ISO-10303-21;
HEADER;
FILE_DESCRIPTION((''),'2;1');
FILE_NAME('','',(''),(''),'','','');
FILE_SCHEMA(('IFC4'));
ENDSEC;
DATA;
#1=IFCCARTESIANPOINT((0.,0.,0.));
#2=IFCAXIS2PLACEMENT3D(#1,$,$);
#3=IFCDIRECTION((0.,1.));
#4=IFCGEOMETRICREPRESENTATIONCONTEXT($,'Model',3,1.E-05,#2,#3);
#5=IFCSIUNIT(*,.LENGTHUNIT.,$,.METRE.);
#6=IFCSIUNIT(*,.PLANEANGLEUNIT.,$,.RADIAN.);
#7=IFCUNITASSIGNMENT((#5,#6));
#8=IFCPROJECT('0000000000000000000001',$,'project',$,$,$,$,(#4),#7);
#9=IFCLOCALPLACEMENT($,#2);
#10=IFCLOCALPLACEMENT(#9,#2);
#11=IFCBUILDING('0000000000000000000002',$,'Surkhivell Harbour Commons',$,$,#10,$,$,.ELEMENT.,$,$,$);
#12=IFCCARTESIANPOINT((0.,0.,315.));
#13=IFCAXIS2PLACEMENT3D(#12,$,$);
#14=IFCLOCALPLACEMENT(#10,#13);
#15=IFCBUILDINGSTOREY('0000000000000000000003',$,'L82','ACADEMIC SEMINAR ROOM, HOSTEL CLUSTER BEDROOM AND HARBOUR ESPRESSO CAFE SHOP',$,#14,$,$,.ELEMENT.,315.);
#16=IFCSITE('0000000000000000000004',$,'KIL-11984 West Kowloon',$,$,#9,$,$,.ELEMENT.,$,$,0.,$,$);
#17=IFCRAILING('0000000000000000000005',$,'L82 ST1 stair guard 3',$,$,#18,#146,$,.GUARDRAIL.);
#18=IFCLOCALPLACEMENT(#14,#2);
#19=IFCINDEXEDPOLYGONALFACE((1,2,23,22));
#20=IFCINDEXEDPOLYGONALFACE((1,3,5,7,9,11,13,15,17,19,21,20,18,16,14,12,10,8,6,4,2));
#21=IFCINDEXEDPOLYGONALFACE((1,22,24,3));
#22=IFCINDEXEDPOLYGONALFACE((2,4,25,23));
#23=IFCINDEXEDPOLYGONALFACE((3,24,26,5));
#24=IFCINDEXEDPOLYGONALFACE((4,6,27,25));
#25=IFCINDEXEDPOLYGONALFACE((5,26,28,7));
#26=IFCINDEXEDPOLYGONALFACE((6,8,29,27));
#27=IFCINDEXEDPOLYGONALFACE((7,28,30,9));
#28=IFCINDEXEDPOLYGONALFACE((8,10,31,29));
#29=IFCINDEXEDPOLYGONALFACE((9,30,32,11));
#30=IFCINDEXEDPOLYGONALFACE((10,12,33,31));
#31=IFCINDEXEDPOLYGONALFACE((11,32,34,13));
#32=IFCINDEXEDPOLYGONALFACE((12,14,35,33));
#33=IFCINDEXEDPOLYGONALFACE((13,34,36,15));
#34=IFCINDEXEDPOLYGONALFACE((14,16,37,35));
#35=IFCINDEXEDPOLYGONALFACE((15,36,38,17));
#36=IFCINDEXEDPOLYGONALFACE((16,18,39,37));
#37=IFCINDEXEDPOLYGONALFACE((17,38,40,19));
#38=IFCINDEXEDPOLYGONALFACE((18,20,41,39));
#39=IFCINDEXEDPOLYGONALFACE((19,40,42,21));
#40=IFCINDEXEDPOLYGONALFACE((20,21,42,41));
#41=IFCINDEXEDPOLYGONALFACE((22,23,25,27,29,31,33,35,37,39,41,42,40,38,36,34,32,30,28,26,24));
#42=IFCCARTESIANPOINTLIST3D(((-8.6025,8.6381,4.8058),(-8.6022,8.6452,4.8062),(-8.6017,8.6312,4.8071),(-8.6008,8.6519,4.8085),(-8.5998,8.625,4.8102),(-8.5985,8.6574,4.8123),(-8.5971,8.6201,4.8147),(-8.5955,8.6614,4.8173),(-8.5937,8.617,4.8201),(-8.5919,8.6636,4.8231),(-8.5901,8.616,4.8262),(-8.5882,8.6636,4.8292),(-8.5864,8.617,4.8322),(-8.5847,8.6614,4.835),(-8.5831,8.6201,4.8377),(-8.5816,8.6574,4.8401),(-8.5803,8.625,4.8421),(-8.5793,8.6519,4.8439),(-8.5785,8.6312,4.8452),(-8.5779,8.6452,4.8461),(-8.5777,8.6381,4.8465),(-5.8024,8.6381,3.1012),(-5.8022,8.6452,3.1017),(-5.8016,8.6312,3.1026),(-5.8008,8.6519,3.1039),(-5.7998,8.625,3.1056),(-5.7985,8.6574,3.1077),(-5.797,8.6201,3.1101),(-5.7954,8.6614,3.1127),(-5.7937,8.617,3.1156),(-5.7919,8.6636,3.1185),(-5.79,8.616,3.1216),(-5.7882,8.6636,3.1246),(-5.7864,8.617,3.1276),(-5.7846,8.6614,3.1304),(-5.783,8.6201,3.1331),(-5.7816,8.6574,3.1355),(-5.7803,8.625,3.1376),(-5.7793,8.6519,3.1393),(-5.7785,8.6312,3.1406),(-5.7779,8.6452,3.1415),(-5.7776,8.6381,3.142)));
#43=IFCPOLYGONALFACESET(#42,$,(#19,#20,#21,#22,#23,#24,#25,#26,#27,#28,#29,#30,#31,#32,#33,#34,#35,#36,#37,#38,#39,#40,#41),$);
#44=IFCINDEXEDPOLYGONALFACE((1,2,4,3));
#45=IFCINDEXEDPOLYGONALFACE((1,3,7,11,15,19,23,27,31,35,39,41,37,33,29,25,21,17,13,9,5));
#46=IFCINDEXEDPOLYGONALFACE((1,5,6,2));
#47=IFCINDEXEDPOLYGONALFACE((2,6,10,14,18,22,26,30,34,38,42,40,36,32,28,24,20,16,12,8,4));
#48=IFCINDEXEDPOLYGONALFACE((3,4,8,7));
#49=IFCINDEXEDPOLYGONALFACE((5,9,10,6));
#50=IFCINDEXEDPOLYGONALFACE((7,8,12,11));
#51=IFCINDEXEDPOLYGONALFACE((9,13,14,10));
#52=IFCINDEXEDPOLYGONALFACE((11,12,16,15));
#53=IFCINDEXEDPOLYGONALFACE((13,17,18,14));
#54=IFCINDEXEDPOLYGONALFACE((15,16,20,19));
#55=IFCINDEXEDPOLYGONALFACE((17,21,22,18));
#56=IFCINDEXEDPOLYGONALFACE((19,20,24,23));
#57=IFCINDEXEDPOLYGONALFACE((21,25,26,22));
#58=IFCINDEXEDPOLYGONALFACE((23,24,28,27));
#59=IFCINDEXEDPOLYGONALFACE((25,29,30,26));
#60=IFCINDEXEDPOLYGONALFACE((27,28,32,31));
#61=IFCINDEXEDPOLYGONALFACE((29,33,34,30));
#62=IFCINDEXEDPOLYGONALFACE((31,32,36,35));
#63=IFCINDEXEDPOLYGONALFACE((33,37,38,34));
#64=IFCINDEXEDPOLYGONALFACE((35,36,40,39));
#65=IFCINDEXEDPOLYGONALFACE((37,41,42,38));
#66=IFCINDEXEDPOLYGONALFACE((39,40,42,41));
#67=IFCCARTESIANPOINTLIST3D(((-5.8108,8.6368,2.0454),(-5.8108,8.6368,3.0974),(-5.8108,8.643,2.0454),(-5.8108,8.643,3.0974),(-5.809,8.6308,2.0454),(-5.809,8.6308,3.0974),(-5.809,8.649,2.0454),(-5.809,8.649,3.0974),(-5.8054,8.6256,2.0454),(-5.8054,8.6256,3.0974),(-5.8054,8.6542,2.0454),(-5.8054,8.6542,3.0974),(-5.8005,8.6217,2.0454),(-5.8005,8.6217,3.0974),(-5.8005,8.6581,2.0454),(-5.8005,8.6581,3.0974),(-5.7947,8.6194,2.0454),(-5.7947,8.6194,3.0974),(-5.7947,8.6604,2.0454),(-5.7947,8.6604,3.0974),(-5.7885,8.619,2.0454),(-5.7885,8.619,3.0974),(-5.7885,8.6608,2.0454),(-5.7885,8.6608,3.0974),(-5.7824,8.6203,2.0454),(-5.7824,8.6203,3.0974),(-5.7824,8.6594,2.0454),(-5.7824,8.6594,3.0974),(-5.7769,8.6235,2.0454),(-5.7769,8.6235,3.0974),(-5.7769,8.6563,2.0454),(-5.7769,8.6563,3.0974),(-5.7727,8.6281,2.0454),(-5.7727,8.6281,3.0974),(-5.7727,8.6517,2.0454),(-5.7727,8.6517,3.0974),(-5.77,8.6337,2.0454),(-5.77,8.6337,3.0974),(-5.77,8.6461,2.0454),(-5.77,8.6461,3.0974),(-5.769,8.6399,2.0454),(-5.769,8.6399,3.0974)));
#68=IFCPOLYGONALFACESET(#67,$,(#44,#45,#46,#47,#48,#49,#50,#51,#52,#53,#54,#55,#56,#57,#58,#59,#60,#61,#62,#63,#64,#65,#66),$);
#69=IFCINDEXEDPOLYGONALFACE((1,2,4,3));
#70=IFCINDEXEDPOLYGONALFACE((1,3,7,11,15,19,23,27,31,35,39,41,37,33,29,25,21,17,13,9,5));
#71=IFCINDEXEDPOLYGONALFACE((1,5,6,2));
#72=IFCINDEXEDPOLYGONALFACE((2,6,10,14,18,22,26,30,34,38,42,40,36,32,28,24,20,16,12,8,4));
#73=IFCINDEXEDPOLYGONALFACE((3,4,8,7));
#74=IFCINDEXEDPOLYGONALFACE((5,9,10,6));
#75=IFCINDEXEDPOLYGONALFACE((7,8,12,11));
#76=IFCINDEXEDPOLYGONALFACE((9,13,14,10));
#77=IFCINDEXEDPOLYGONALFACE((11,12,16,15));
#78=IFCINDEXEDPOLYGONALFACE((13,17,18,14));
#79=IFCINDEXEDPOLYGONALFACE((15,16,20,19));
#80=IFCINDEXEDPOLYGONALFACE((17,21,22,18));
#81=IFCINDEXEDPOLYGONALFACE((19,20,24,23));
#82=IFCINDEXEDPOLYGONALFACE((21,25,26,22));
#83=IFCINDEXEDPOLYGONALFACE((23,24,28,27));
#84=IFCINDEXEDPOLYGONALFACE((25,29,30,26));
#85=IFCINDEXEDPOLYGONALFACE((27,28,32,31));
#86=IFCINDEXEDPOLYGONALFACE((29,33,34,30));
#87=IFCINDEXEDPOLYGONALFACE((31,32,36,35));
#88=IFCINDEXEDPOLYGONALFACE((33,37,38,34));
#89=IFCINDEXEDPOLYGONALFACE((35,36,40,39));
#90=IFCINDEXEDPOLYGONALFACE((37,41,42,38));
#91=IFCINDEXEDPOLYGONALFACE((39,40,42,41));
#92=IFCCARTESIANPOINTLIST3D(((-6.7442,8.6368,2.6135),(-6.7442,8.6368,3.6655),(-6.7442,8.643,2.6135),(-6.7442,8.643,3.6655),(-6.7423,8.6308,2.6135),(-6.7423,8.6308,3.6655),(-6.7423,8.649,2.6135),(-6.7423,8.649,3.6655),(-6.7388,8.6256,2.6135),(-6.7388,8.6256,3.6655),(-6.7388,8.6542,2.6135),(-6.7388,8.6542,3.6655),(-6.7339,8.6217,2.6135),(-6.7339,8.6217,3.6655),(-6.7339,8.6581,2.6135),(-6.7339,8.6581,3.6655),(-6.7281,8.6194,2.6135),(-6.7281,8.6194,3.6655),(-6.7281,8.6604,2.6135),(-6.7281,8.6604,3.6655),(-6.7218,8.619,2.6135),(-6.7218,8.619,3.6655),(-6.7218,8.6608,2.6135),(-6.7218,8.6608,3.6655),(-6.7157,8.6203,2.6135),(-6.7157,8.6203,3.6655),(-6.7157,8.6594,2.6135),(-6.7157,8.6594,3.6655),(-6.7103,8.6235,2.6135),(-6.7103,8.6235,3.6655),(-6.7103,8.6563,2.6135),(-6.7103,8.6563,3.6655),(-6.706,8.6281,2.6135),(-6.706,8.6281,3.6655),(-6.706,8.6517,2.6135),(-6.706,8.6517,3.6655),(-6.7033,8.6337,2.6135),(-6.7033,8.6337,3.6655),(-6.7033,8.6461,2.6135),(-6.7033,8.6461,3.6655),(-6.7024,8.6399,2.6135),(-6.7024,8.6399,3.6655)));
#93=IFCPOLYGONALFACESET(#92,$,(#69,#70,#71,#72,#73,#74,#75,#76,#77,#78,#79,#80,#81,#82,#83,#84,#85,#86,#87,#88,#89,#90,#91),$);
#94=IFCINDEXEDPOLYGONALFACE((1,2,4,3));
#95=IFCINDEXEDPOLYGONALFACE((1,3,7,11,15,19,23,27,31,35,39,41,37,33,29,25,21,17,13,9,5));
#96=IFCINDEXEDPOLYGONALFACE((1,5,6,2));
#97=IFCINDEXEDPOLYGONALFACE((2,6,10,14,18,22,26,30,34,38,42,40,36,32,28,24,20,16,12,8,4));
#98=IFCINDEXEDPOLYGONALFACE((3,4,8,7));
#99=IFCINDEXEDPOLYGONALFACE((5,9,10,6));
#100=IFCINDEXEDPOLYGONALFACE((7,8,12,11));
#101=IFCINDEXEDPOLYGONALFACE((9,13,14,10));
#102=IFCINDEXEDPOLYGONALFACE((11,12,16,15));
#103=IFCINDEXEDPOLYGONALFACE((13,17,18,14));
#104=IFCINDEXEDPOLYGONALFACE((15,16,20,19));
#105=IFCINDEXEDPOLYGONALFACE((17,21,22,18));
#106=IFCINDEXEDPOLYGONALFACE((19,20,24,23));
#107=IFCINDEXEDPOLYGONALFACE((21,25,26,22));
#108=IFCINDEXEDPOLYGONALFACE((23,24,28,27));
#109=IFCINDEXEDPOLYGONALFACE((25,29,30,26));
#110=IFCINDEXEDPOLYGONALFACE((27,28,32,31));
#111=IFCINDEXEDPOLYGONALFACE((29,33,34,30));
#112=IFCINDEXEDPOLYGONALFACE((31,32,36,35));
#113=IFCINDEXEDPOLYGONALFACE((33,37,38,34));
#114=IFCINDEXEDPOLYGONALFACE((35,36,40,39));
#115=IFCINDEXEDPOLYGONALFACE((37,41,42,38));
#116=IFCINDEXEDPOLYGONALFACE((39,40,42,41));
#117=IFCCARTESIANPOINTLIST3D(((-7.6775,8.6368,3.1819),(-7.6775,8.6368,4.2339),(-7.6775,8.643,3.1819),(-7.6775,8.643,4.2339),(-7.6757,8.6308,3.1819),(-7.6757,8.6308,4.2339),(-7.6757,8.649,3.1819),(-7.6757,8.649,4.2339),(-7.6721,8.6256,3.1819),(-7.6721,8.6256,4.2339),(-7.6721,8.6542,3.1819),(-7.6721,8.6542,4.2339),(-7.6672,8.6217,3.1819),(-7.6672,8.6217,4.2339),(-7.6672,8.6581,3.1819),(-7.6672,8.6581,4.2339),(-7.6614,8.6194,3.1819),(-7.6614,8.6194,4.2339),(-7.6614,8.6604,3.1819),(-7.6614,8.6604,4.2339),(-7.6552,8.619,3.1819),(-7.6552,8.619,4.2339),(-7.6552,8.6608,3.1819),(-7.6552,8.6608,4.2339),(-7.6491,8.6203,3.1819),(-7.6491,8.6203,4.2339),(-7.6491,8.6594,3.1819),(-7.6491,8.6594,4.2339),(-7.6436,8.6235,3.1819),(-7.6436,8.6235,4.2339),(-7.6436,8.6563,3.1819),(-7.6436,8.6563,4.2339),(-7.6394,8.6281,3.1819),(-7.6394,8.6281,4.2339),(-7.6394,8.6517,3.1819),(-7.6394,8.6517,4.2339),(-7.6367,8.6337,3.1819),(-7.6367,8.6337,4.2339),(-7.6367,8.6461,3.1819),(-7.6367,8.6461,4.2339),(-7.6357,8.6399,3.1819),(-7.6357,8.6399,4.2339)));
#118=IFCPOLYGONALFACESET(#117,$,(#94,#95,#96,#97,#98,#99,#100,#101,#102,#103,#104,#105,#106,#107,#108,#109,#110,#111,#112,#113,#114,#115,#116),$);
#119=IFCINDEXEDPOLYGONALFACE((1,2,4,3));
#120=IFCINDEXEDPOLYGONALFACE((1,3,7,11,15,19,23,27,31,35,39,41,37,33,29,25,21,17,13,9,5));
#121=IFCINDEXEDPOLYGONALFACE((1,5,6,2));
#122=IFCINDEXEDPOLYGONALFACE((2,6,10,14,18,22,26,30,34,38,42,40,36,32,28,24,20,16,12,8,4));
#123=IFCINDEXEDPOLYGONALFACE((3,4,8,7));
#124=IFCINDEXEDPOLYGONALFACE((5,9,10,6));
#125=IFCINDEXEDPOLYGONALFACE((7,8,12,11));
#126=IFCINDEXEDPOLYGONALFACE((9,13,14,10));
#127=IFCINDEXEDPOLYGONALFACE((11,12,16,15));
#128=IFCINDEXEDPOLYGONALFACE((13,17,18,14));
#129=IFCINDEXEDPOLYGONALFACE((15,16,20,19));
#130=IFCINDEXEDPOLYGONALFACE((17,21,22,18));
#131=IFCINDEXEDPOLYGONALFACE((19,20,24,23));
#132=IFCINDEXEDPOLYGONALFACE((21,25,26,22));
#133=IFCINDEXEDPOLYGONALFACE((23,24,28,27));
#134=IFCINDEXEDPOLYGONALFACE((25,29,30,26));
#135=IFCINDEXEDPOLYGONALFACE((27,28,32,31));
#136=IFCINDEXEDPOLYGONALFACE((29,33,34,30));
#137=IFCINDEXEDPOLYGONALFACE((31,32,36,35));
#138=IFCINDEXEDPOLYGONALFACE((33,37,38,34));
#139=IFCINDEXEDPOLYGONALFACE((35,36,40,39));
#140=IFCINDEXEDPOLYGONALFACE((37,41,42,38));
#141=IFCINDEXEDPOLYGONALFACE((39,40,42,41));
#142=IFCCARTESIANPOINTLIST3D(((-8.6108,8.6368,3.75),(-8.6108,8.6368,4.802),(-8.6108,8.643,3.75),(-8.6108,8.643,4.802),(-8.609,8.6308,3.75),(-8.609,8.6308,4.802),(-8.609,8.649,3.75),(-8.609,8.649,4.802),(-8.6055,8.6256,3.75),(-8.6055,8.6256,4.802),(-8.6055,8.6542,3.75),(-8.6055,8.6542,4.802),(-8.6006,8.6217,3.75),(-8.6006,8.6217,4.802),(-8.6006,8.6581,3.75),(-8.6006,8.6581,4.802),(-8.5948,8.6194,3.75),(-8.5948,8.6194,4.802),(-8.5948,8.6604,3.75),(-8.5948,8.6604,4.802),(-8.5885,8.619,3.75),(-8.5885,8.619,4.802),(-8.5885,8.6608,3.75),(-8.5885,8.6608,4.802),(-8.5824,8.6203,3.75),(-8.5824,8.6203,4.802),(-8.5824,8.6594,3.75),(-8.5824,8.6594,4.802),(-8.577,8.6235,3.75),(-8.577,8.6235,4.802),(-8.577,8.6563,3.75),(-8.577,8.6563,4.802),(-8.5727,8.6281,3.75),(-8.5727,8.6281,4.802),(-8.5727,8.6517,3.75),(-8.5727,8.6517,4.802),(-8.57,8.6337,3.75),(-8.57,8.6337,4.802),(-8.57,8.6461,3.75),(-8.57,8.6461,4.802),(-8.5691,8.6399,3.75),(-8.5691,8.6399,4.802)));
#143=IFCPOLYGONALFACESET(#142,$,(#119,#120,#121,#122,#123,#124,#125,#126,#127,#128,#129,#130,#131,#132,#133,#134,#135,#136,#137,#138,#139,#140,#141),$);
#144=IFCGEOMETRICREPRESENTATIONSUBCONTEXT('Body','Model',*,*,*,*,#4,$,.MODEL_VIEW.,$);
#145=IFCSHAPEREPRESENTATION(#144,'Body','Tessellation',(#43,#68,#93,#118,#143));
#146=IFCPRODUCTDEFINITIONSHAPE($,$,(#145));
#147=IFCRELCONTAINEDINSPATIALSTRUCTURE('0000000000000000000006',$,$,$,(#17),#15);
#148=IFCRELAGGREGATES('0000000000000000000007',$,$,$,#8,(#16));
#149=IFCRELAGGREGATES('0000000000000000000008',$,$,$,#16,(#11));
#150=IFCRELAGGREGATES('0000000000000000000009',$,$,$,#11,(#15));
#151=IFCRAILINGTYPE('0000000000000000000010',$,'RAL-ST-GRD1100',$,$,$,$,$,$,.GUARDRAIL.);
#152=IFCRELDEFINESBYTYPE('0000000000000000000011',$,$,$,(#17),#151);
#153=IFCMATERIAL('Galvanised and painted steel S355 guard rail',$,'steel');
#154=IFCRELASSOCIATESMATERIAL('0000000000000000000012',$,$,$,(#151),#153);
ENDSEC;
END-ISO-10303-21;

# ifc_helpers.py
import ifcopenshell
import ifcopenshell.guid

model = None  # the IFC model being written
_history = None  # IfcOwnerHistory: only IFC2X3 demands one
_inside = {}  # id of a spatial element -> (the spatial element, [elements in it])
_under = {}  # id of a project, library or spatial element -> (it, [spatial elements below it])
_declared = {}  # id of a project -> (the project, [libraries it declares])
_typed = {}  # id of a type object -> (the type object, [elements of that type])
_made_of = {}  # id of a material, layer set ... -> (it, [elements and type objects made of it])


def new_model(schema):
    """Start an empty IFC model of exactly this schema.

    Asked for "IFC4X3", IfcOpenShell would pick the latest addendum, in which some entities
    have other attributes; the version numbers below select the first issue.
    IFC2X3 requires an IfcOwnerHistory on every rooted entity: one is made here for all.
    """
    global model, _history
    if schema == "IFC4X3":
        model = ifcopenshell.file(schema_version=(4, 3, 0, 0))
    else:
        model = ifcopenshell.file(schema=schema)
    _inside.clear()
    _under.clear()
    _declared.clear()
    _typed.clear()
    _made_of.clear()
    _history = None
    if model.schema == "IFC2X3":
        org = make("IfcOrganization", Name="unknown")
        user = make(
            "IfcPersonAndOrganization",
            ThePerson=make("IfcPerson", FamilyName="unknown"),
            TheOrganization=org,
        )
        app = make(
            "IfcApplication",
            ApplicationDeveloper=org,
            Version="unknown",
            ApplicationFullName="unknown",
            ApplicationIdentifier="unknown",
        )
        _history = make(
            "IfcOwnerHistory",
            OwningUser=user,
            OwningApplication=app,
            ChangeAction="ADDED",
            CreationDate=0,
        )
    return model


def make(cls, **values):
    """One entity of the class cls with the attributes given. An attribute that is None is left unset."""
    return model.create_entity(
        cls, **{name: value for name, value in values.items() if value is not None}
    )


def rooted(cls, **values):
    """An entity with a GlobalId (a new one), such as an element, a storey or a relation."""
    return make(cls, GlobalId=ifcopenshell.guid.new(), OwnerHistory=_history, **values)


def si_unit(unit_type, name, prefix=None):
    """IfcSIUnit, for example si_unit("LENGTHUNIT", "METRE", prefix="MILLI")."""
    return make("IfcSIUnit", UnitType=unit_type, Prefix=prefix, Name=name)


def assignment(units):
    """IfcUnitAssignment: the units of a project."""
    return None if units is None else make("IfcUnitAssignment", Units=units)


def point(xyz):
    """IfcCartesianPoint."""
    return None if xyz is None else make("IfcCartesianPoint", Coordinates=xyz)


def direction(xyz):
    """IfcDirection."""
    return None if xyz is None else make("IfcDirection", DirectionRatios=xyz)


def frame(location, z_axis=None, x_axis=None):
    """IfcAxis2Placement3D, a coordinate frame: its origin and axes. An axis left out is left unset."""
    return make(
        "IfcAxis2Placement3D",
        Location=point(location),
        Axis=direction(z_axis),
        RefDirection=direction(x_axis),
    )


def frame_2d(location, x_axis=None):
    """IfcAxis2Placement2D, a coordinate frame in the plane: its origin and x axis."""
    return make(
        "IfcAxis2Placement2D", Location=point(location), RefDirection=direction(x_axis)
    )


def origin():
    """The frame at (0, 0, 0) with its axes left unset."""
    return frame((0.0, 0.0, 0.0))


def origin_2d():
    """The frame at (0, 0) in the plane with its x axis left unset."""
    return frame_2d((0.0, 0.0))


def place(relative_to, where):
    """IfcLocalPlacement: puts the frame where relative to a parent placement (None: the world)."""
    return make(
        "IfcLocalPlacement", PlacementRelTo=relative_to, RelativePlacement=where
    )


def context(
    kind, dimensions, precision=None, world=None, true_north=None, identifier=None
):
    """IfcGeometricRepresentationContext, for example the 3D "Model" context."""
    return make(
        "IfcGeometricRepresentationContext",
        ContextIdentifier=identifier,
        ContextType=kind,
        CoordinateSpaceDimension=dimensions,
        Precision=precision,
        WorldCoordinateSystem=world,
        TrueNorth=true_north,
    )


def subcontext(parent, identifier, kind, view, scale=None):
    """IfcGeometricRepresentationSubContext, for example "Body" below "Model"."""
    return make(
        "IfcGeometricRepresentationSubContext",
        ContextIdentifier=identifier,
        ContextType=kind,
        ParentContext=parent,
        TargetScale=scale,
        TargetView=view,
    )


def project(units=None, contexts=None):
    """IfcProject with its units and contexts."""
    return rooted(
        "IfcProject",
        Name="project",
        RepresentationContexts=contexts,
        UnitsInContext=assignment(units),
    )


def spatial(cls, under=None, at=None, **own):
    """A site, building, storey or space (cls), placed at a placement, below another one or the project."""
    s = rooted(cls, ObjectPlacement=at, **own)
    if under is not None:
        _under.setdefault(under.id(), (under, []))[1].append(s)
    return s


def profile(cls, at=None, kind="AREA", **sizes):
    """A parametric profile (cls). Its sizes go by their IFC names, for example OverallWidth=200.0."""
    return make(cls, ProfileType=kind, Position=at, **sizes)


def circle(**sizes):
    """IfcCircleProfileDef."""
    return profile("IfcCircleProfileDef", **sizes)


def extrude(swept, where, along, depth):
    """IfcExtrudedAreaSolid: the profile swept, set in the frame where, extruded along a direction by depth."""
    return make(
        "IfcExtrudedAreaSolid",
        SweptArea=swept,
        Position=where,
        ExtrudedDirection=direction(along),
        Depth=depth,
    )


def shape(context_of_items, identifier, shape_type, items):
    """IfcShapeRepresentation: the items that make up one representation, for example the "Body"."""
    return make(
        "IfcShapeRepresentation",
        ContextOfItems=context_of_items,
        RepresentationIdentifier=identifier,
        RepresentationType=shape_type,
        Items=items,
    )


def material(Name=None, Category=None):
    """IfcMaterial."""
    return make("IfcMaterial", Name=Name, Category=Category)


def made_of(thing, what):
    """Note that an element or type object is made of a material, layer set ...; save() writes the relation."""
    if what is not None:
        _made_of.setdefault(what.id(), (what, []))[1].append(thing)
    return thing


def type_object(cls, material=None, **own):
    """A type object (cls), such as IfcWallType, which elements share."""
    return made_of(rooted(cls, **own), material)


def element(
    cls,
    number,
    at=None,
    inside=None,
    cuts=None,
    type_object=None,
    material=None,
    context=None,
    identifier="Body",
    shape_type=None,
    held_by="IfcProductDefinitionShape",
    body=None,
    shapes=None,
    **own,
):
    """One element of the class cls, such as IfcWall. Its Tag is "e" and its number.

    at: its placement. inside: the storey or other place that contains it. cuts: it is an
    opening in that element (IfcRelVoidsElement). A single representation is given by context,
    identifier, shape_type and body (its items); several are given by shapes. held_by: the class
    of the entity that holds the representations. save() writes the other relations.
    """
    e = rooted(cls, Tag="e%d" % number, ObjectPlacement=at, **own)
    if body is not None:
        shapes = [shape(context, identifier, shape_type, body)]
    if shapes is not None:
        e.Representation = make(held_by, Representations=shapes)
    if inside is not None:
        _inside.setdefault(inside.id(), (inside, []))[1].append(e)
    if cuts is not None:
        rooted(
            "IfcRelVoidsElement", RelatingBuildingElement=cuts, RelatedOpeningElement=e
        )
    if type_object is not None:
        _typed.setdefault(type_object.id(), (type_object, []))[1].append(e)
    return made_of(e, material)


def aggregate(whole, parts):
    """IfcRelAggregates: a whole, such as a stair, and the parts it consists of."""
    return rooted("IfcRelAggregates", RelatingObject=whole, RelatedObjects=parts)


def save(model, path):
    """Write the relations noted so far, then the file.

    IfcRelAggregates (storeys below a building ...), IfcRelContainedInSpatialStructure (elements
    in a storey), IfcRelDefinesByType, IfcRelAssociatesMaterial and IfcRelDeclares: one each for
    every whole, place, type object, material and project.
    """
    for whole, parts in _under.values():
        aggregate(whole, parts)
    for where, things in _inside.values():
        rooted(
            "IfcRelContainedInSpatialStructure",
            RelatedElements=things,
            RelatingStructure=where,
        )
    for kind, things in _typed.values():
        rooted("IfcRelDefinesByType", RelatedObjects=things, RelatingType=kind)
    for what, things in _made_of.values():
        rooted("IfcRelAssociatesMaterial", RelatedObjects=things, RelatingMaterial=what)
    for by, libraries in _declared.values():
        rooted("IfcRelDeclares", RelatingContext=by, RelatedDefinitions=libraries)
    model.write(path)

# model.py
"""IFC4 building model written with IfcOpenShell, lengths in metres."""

from ifc_helpers import new_model, si_unit, direction, frame, origin, origin_2d, place, context, subcontext, project, spatial, circle, extrude, material, type_object, element, save


model = new_model("IFC4")

# Units and contexts
model_context = context("Model", 3, precision=1e-05, world=origin(), true_north=direction((0.0, 1.0)))
body_context = subcontext(model_context, "Body", "Model", "MODEL_VIEW")
ifc_project = project(units=[si_unit("LENGTHUNIT", "METRE"), si_unit("PLANEANGLEUNIT", "RADIAN")], contexts=[model_context])

# Site, building, storey
site_placement = place(None, origin())
site = spatial("IfcSite", under=ifc_project, at=site_placement, Name="KIL-11984 West Kowloon", CompositionType="ELEMENT", RefElevation=0.0)
building_placement = place(site_placement, origin())
building = spatial("IfcBuilding", under=site, at=building_placement, Name="Surkhivell Harbour Commons", CompositionType="ELEMENT")
storey_placement = place(building_placement, frame((0.0, 0.0, 315.0)))
storey = spatial("IfcBuildingStorey", under=building, at=storey_placement, Name="L82", Description="ACADEMIC SEMINAR ROOM, HOSTEL CLUSTER BEDROOM AND HARBOUR ESPRESSO CAFE SHOP", CompositionType="ELEMENT", Elevation=315.0)

# Railing
ifc_material_1 = material(Name="Galvanised and painted steel S355 guard rail", Category="steel")
railing_type_1 = type_object("IfcRailingType", Name="RAL-ST-GRD1100", PredefinedType="GUARDRAIL", material=ifc_material_1)
railing_1_placement = place(storey_placement, frame((-5.79, 8.6399, 2.0454)))
element("IfcRailing", 1, at=railing_1_placement, inside=storey, type_object=railing_type_1, Name="L82 ST1 stair guard 3", PredefinedType="GUARDRAIL", context=body_context, shape_type="SweptSolid", body=[
    extrude(circle(Radius=0.0239, at=origin_2d()), frame((0.0, 0.0, 1.0762), z_axis=(-0.85417, 0.0, 0.519994), x_axis=(0.0, -1.0, 0.0)), (0.0, 0.0, 1.0), 3.2781),
    extrude(circle(Radius=0.021, at=origin_2d()), origin(), (0.0, 0.0, 1.0), 1.052),
    extrude(circle(Radius=0.021, at=origin_2d()), frame((-0.9333, 0.0, 0.5681)), (0.0, 0.0, 1.0), 1.052),
    extrude(circle(Radius=0.021, at=origin_2d()), frame((-1.8667, 0.0, 1.1365)), (0.0, 0.0, 1.0), 1.052),
    extrude(circle(Radius=0.021, at=origin_2d()), frame((-2.8, 0.0, 1.7046)), (0.0, 0.0, 1.0), 1.052),
])

save(model, "model.ifc")
